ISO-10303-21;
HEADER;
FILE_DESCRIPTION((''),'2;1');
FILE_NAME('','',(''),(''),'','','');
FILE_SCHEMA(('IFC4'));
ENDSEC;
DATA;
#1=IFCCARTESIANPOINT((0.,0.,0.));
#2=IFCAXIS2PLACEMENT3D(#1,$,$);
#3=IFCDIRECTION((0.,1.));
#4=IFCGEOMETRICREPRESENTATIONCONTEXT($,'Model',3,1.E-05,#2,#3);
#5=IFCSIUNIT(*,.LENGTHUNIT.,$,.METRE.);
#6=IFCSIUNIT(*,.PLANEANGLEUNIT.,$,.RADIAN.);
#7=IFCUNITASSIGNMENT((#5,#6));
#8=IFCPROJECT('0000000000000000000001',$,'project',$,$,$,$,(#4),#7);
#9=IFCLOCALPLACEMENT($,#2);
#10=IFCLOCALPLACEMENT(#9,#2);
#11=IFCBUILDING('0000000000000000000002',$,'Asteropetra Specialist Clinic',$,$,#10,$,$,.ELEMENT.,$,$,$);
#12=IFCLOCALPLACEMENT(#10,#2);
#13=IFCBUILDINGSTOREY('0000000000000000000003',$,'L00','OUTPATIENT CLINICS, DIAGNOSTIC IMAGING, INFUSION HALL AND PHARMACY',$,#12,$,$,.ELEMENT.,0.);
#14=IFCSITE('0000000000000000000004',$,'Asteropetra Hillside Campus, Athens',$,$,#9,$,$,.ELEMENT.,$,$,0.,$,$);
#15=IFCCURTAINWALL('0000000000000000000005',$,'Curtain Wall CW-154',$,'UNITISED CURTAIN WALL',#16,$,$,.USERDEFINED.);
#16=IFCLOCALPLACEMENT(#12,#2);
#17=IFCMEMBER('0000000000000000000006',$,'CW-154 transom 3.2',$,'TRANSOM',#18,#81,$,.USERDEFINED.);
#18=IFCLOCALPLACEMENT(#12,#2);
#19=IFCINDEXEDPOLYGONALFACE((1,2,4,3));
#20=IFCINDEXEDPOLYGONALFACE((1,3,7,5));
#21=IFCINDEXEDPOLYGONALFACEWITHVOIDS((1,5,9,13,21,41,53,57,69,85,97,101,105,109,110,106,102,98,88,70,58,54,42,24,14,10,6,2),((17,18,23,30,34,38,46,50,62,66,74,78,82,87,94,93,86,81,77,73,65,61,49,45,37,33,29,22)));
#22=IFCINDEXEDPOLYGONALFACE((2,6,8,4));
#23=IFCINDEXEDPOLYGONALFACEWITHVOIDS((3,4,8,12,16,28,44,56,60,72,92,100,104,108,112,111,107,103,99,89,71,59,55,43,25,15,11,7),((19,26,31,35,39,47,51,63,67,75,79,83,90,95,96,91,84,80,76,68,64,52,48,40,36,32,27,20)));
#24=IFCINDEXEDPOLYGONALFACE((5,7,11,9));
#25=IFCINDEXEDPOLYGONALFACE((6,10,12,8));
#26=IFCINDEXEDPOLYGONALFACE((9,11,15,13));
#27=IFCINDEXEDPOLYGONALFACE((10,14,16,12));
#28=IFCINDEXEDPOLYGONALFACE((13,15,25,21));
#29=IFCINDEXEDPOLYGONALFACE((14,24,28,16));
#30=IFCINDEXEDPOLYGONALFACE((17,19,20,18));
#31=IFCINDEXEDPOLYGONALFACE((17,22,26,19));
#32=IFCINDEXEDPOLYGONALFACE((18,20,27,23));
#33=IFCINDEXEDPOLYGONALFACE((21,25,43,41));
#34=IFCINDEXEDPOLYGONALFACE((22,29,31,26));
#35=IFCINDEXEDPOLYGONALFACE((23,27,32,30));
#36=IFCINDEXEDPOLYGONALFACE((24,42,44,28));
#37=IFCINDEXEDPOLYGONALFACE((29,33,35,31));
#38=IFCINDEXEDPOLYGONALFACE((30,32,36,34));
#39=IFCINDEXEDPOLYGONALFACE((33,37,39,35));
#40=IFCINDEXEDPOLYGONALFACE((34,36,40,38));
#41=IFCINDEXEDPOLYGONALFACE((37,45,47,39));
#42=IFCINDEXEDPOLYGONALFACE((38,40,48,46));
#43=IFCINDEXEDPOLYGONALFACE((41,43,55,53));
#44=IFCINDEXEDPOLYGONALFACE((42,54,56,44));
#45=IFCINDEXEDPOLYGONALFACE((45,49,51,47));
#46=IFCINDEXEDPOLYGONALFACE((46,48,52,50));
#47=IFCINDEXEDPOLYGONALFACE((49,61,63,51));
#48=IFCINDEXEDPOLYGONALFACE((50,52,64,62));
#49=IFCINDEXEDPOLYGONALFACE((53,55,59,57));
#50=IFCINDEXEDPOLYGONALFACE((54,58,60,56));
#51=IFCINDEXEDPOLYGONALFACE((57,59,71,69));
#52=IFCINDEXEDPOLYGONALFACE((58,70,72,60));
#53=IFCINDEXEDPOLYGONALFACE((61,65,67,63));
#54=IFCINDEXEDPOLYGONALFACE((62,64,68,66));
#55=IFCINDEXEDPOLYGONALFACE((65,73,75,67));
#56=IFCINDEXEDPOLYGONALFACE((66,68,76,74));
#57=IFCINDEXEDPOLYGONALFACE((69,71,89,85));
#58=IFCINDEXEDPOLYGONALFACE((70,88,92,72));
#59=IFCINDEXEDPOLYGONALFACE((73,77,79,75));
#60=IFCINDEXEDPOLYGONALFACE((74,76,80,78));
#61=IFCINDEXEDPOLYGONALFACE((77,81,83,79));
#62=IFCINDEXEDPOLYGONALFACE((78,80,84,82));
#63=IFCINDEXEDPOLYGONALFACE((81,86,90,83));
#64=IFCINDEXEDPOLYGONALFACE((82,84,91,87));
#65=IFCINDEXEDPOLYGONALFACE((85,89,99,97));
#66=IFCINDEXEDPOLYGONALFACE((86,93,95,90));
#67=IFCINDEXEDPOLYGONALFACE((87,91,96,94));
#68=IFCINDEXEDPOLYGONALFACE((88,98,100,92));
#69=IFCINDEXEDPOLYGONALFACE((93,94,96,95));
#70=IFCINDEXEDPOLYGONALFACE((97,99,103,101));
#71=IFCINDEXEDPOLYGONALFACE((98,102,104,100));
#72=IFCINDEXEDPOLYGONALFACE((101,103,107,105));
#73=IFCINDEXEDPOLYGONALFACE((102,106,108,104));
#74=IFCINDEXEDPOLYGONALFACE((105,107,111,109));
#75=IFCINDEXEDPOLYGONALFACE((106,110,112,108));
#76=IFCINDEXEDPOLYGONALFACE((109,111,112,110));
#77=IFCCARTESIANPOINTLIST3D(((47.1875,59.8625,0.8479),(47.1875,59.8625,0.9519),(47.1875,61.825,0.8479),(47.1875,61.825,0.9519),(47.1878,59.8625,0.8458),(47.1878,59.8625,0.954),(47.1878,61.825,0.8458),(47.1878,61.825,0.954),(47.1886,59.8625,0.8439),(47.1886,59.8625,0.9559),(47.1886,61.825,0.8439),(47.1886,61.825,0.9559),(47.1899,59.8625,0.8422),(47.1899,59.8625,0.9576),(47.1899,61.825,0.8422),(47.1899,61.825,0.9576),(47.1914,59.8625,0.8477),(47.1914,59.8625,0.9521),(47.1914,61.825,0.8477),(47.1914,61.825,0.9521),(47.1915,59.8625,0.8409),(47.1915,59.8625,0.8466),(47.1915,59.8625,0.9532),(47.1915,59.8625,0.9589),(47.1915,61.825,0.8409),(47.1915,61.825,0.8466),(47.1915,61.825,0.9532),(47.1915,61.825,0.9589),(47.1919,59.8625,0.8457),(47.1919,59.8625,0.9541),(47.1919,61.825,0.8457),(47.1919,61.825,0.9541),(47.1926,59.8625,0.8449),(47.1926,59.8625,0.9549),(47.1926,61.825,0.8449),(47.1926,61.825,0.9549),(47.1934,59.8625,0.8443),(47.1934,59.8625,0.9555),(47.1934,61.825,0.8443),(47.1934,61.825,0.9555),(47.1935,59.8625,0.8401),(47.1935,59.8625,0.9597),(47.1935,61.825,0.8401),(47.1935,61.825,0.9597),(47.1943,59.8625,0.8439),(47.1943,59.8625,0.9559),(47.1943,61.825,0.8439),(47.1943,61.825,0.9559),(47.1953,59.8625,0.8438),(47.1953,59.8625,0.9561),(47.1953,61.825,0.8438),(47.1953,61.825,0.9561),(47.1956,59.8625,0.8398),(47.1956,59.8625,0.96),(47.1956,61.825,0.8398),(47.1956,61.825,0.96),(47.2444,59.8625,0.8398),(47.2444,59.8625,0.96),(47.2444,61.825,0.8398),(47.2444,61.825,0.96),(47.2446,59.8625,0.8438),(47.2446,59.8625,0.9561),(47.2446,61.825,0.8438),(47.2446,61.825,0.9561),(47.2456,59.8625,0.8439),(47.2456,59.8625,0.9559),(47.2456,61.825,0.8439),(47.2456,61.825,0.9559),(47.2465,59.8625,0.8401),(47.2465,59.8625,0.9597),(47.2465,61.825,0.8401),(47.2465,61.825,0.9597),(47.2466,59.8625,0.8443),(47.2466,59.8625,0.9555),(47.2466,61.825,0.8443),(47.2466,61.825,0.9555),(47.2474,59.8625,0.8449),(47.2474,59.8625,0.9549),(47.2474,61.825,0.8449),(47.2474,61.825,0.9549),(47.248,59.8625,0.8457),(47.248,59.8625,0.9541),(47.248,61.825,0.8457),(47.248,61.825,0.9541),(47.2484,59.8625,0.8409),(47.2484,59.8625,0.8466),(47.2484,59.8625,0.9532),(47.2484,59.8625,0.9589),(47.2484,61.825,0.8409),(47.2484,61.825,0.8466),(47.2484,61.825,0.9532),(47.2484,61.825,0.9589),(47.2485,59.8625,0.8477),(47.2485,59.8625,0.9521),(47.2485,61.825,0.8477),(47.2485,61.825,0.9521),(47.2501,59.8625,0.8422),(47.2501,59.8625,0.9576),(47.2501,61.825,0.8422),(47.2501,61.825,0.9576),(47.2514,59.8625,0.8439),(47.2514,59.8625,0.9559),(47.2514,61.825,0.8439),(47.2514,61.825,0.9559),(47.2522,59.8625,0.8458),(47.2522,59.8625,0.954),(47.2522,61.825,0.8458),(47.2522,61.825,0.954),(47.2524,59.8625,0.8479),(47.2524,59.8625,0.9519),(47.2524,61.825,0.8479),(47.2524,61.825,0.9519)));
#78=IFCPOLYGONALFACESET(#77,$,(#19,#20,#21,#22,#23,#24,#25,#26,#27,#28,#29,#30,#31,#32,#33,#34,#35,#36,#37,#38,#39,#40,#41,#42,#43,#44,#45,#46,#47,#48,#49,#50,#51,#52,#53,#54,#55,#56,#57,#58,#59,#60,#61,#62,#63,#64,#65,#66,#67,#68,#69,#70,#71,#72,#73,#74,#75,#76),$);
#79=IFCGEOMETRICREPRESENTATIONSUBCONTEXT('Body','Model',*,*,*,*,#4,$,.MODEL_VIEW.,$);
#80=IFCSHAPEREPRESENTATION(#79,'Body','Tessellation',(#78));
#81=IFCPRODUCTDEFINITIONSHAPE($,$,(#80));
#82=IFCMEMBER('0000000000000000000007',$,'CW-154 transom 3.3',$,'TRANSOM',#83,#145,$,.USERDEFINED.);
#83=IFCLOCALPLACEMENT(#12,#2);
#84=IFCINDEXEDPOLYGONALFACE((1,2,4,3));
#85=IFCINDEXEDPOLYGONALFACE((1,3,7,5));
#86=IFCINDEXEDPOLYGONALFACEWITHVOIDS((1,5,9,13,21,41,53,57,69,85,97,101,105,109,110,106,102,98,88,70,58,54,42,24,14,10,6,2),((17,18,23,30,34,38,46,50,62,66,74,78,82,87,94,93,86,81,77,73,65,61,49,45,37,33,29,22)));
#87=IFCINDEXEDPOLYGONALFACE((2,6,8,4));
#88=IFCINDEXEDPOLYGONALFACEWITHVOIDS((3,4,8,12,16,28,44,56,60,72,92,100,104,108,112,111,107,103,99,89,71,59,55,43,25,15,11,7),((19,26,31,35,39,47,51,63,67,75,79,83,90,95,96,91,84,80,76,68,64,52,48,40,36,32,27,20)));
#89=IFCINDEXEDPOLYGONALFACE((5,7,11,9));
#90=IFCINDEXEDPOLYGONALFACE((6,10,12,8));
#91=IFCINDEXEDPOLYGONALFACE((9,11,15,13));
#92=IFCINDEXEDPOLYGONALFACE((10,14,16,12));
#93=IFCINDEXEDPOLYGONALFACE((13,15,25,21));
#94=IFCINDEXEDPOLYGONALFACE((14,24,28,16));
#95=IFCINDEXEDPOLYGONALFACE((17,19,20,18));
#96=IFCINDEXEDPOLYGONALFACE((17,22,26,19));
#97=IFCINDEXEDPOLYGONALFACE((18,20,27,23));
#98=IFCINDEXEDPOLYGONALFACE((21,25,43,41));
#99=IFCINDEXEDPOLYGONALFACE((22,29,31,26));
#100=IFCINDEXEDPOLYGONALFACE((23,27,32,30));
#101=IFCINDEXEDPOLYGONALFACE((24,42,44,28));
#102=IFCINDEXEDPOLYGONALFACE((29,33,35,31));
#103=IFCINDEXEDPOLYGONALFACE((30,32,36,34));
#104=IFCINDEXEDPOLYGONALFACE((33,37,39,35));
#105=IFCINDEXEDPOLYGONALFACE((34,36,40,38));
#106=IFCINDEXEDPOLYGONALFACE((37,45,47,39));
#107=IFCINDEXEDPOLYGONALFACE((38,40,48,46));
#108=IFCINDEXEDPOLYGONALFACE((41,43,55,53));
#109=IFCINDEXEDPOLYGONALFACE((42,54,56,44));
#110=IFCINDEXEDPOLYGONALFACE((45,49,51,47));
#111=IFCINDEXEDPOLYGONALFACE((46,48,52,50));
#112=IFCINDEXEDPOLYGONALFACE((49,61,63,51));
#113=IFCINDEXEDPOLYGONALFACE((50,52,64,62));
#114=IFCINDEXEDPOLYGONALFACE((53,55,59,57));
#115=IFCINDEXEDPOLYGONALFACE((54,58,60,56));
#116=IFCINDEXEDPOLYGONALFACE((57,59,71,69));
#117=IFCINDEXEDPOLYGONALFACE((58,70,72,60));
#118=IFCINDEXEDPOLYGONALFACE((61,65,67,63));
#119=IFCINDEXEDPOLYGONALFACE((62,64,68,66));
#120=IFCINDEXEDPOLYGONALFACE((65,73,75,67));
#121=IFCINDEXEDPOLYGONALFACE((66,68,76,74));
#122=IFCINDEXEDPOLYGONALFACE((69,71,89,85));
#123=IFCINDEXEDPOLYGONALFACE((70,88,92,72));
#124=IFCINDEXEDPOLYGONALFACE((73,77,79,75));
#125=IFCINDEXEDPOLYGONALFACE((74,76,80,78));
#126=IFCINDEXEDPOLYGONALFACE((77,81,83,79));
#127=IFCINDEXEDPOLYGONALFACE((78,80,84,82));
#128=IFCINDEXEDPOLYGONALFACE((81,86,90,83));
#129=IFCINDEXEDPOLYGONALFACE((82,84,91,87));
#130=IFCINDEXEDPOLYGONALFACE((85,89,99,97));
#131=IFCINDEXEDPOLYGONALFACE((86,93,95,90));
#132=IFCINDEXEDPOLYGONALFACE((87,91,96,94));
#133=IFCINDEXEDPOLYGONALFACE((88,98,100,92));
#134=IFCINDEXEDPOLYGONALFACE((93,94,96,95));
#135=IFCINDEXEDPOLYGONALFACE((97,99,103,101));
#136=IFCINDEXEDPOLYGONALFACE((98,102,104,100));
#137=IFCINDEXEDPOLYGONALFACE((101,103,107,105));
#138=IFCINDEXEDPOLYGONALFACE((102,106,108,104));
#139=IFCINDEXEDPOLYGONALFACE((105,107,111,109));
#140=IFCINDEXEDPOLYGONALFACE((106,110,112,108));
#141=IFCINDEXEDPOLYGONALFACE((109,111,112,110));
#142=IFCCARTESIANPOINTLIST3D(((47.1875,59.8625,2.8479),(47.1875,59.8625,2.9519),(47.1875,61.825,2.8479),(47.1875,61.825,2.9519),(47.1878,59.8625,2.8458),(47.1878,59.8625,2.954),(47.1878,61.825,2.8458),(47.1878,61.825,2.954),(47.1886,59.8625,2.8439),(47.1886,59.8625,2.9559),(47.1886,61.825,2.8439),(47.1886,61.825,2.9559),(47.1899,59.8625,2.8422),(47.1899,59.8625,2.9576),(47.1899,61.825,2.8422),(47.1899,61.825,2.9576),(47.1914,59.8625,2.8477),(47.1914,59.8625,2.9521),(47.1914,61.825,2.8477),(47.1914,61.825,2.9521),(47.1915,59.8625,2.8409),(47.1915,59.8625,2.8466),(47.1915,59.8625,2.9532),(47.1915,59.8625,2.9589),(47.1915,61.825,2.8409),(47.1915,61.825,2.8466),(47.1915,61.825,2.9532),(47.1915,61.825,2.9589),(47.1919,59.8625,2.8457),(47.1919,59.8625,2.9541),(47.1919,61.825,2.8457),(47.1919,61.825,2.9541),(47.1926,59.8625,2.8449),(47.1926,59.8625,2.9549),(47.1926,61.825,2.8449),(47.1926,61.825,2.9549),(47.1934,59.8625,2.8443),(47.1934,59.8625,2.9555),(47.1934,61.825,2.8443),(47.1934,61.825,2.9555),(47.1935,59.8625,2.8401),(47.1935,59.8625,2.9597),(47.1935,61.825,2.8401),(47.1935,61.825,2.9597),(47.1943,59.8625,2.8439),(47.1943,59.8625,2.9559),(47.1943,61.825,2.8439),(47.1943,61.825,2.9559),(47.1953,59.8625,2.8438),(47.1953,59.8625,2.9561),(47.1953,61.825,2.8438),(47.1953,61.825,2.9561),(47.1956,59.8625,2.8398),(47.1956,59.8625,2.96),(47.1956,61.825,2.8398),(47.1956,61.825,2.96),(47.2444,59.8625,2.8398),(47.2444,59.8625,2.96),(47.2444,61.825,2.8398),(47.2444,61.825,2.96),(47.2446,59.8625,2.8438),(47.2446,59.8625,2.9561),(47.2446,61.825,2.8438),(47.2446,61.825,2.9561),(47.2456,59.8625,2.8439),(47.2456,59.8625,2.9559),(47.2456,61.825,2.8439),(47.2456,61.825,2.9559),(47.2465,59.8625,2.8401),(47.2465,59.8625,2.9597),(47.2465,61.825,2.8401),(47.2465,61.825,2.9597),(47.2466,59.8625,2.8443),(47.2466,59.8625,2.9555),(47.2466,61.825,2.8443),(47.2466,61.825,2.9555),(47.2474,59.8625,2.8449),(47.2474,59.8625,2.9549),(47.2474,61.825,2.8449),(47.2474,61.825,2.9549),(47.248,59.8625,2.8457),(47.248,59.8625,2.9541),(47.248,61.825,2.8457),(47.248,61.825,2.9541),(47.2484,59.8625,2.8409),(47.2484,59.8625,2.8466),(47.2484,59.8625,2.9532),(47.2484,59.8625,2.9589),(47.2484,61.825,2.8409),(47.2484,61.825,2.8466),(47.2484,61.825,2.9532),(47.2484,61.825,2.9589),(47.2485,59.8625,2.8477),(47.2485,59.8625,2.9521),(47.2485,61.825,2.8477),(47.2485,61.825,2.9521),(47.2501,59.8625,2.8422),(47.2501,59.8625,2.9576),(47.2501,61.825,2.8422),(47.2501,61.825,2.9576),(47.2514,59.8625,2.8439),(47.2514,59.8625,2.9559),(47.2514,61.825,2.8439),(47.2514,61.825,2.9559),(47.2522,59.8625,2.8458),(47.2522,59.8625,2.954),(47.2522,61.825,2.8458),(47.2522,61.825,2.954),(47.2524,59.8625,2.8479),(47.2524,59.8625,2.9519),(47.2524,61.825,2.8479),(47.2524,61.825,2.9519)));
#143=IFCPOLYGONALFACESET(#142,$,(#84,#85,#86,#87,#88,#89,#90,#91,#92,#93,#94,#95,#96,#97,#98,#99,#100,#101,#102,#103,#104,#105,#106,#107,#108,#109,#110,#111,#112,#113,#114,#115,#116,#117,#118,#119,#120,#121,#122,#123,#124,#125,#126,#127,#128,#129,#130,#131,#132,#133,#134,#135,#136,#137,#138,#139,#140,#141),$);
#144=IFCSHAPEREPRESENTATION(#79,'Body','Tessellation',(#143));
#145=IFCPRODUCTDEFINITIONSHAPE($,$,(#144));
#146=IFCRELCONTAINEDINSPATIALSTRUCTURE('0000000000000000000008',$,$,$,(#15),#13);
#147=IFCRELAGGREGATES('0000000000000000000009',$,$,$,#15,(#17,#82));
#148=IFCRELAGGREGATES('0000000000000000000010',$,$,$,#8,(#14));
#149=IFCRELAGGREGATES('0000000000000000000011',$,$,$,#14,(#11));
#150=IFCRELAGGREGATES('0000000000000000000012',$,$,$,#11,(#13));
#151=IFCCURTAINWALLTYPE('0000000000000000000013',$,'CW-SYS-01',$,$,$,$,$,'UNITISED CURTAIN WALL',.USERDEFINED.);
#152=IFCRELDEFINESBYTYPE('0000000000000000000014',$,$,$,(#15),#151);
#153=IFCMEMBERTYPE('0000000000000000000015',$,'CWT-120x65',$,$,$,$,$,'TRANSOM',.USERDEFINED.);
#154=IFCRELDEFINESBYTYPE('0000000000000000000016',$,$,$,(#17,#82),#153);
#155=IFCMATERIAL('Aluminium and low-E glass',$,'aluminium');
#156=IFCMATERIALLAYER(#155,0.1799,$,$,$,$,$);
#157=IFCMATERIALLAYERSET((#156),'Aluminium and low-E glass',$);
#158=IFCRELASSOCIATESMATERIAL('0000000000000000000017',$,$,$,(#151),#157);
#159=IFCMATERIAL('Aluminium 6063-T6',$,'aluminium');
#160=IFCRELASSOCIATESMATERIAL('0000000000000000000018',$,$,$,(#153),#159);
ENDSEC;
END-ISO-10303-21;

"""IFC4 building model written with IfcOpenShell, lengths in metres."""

from ifc_helpers import new_model, si_unit, direction, frame, origin, origin_2d, place, context, subcontext, project, spatial, hollow_rectangle, extrude, material, layer, layer_set, material_profile, profile_set, type_object, element, aggregate, save


model = new_model("IFC4")

# Units and contexts
model_context = context("Model", 3, precision=1e-05, world=origin(), true_north=direction((0.0, 1.0)))
body_context = subcontext(model_context, "Body", "Model", "MODEL_VIEW")
ifc_project = project(units=[si_unit("LENGTHUNIT", "METRE"), si_unit("PLANEANGLEUNIT", "RADIAN")], contexts=[model_context])

# Site, building, storey
site_placement = place(None, origin())
site = spatial("IfcSite", under=ifc_project, at=site_placement, Name="Asteropetra Hillside Campus, Athens", CompositionType="ELEMENT", RefElevation=0.0)
building_placement = place(site_placement, origin())
building = spatial("IfcBuilding", under=site, at=building_placement, Name="Asteropetra Specialist Clinic", CompositionType="ELEMENT")
storey_placement = place(building_placement, origin())
storey = spatial("IfcBuildingStorey", under=building, at=storey_placement, Name="L00", Description="OUTPATIENT CLINICS, DIAGNOSTIC IMAGING, INFUSION HALL AND PHARMACY", CompositionType="ELEMENT", Elevation=0.0)

# Curtain wall
ifc_material_1 = material(Name="Aluminium and low-E glass", Category="aluminium")
ifc_layer_1 = layer(ifc_material_1, 0.1799)
ifc_layer_set_1 = layer_set([ifc_layer_1], Name="Aluminium and low-E glass")
curtain_wall_type_1 = type_object("IfcCurtainWallType", Name="CW-SYS-01", ElementType="UNITISED CURTAIN WALL", PredefinedType="USERDEFINED", material=ifc_layer_set_1)
curtain_wall_1_placement = place(storey_placement, origin())
curtain_wall_1 = element("IfcCurtainWall", 1, at=curtain_wall_1_placement, inside=storey, type_object=curtain_wall_type_1, Name="Curtain Wall CW-154", ObjectType="UNITISED CURTAIN WALL", PredefinedType="USERDEFINED")

# Members
ifc_material_2 = material(Name="Aluminium 6063-T6", Category="aluminium")
ifc_material_profile_1 = material_profile(ifc_material_2, hollow_rectangle(XDim=0.0649, YDim=0.1201, WallThickness=0.0039, InnerFilletRadius=0.0039, OuterFilletRadius=0.0081, at=origin_2d()), Name="TRN 120x65x4.0")
ifc_profile_set_1 = profile_set([ifc_material_profile_1], Name="Aluminium 6063-T6")
member_type_1 = type_object("IfcMemberType", Name="CWT-120x65", ElementType="TRANSOM", PredefinedType="USERDEFINED", material=ifc_profile_set_1)
member_1_placement = place(storey_placement, frame((47.22, 59.8625, 0.8999), z_axis=(0.0, 1.0, 0.0), x_axis=(-1.0, 0.0, 0.0)))
member_1 = element("IfcMember", 2, at=member_1_placement, type_object=member_type_1, Name="CW-154 transom 3.2", ObjectType="TRANSOM", PredefinedType="USERDEFINED", context=body_context, shape_type="SweptSolid", body=[
    extrude(hollow_rectangle(XDim=0.0649, YDim=0.1201, WallThickness=0.0039, InnerFilletRadius=0.0039, OuterFilletRadius=0.0081, at=origin_2d()), origin(), (0.0, 0.0, 1.0), 1.9624),
])
member_2_placement = place(storey_placement, frame((47.22, 59.8625, 2.8999), z_axis=(0.0, 1.0, 0.0), x_axis=(-1.0, 0.0, 0.0)))
member_2 = element("IfcMember", 3, at=member_2_placement, type_object=member_type_1, Name="CW-154 transom 3.3", ObjectType="TRANSOM", PredefinedType="USERDEFINED", context=body_context, shape_type="SweptSolid", body=[
    extrude(hollow_rectangle(XDim=0.0649, YDim=0.1201, WallThickness=0.0039, InnerFilletRadius=0.0039, OuterFilletRadius=0.0081, at=origin_2d()), origin(), (0.0, 0.0, 1.0), 1.9624),
])

aggregate(curtain_wall_1, [member_1, member_2])

save(model, "model.ifc")
